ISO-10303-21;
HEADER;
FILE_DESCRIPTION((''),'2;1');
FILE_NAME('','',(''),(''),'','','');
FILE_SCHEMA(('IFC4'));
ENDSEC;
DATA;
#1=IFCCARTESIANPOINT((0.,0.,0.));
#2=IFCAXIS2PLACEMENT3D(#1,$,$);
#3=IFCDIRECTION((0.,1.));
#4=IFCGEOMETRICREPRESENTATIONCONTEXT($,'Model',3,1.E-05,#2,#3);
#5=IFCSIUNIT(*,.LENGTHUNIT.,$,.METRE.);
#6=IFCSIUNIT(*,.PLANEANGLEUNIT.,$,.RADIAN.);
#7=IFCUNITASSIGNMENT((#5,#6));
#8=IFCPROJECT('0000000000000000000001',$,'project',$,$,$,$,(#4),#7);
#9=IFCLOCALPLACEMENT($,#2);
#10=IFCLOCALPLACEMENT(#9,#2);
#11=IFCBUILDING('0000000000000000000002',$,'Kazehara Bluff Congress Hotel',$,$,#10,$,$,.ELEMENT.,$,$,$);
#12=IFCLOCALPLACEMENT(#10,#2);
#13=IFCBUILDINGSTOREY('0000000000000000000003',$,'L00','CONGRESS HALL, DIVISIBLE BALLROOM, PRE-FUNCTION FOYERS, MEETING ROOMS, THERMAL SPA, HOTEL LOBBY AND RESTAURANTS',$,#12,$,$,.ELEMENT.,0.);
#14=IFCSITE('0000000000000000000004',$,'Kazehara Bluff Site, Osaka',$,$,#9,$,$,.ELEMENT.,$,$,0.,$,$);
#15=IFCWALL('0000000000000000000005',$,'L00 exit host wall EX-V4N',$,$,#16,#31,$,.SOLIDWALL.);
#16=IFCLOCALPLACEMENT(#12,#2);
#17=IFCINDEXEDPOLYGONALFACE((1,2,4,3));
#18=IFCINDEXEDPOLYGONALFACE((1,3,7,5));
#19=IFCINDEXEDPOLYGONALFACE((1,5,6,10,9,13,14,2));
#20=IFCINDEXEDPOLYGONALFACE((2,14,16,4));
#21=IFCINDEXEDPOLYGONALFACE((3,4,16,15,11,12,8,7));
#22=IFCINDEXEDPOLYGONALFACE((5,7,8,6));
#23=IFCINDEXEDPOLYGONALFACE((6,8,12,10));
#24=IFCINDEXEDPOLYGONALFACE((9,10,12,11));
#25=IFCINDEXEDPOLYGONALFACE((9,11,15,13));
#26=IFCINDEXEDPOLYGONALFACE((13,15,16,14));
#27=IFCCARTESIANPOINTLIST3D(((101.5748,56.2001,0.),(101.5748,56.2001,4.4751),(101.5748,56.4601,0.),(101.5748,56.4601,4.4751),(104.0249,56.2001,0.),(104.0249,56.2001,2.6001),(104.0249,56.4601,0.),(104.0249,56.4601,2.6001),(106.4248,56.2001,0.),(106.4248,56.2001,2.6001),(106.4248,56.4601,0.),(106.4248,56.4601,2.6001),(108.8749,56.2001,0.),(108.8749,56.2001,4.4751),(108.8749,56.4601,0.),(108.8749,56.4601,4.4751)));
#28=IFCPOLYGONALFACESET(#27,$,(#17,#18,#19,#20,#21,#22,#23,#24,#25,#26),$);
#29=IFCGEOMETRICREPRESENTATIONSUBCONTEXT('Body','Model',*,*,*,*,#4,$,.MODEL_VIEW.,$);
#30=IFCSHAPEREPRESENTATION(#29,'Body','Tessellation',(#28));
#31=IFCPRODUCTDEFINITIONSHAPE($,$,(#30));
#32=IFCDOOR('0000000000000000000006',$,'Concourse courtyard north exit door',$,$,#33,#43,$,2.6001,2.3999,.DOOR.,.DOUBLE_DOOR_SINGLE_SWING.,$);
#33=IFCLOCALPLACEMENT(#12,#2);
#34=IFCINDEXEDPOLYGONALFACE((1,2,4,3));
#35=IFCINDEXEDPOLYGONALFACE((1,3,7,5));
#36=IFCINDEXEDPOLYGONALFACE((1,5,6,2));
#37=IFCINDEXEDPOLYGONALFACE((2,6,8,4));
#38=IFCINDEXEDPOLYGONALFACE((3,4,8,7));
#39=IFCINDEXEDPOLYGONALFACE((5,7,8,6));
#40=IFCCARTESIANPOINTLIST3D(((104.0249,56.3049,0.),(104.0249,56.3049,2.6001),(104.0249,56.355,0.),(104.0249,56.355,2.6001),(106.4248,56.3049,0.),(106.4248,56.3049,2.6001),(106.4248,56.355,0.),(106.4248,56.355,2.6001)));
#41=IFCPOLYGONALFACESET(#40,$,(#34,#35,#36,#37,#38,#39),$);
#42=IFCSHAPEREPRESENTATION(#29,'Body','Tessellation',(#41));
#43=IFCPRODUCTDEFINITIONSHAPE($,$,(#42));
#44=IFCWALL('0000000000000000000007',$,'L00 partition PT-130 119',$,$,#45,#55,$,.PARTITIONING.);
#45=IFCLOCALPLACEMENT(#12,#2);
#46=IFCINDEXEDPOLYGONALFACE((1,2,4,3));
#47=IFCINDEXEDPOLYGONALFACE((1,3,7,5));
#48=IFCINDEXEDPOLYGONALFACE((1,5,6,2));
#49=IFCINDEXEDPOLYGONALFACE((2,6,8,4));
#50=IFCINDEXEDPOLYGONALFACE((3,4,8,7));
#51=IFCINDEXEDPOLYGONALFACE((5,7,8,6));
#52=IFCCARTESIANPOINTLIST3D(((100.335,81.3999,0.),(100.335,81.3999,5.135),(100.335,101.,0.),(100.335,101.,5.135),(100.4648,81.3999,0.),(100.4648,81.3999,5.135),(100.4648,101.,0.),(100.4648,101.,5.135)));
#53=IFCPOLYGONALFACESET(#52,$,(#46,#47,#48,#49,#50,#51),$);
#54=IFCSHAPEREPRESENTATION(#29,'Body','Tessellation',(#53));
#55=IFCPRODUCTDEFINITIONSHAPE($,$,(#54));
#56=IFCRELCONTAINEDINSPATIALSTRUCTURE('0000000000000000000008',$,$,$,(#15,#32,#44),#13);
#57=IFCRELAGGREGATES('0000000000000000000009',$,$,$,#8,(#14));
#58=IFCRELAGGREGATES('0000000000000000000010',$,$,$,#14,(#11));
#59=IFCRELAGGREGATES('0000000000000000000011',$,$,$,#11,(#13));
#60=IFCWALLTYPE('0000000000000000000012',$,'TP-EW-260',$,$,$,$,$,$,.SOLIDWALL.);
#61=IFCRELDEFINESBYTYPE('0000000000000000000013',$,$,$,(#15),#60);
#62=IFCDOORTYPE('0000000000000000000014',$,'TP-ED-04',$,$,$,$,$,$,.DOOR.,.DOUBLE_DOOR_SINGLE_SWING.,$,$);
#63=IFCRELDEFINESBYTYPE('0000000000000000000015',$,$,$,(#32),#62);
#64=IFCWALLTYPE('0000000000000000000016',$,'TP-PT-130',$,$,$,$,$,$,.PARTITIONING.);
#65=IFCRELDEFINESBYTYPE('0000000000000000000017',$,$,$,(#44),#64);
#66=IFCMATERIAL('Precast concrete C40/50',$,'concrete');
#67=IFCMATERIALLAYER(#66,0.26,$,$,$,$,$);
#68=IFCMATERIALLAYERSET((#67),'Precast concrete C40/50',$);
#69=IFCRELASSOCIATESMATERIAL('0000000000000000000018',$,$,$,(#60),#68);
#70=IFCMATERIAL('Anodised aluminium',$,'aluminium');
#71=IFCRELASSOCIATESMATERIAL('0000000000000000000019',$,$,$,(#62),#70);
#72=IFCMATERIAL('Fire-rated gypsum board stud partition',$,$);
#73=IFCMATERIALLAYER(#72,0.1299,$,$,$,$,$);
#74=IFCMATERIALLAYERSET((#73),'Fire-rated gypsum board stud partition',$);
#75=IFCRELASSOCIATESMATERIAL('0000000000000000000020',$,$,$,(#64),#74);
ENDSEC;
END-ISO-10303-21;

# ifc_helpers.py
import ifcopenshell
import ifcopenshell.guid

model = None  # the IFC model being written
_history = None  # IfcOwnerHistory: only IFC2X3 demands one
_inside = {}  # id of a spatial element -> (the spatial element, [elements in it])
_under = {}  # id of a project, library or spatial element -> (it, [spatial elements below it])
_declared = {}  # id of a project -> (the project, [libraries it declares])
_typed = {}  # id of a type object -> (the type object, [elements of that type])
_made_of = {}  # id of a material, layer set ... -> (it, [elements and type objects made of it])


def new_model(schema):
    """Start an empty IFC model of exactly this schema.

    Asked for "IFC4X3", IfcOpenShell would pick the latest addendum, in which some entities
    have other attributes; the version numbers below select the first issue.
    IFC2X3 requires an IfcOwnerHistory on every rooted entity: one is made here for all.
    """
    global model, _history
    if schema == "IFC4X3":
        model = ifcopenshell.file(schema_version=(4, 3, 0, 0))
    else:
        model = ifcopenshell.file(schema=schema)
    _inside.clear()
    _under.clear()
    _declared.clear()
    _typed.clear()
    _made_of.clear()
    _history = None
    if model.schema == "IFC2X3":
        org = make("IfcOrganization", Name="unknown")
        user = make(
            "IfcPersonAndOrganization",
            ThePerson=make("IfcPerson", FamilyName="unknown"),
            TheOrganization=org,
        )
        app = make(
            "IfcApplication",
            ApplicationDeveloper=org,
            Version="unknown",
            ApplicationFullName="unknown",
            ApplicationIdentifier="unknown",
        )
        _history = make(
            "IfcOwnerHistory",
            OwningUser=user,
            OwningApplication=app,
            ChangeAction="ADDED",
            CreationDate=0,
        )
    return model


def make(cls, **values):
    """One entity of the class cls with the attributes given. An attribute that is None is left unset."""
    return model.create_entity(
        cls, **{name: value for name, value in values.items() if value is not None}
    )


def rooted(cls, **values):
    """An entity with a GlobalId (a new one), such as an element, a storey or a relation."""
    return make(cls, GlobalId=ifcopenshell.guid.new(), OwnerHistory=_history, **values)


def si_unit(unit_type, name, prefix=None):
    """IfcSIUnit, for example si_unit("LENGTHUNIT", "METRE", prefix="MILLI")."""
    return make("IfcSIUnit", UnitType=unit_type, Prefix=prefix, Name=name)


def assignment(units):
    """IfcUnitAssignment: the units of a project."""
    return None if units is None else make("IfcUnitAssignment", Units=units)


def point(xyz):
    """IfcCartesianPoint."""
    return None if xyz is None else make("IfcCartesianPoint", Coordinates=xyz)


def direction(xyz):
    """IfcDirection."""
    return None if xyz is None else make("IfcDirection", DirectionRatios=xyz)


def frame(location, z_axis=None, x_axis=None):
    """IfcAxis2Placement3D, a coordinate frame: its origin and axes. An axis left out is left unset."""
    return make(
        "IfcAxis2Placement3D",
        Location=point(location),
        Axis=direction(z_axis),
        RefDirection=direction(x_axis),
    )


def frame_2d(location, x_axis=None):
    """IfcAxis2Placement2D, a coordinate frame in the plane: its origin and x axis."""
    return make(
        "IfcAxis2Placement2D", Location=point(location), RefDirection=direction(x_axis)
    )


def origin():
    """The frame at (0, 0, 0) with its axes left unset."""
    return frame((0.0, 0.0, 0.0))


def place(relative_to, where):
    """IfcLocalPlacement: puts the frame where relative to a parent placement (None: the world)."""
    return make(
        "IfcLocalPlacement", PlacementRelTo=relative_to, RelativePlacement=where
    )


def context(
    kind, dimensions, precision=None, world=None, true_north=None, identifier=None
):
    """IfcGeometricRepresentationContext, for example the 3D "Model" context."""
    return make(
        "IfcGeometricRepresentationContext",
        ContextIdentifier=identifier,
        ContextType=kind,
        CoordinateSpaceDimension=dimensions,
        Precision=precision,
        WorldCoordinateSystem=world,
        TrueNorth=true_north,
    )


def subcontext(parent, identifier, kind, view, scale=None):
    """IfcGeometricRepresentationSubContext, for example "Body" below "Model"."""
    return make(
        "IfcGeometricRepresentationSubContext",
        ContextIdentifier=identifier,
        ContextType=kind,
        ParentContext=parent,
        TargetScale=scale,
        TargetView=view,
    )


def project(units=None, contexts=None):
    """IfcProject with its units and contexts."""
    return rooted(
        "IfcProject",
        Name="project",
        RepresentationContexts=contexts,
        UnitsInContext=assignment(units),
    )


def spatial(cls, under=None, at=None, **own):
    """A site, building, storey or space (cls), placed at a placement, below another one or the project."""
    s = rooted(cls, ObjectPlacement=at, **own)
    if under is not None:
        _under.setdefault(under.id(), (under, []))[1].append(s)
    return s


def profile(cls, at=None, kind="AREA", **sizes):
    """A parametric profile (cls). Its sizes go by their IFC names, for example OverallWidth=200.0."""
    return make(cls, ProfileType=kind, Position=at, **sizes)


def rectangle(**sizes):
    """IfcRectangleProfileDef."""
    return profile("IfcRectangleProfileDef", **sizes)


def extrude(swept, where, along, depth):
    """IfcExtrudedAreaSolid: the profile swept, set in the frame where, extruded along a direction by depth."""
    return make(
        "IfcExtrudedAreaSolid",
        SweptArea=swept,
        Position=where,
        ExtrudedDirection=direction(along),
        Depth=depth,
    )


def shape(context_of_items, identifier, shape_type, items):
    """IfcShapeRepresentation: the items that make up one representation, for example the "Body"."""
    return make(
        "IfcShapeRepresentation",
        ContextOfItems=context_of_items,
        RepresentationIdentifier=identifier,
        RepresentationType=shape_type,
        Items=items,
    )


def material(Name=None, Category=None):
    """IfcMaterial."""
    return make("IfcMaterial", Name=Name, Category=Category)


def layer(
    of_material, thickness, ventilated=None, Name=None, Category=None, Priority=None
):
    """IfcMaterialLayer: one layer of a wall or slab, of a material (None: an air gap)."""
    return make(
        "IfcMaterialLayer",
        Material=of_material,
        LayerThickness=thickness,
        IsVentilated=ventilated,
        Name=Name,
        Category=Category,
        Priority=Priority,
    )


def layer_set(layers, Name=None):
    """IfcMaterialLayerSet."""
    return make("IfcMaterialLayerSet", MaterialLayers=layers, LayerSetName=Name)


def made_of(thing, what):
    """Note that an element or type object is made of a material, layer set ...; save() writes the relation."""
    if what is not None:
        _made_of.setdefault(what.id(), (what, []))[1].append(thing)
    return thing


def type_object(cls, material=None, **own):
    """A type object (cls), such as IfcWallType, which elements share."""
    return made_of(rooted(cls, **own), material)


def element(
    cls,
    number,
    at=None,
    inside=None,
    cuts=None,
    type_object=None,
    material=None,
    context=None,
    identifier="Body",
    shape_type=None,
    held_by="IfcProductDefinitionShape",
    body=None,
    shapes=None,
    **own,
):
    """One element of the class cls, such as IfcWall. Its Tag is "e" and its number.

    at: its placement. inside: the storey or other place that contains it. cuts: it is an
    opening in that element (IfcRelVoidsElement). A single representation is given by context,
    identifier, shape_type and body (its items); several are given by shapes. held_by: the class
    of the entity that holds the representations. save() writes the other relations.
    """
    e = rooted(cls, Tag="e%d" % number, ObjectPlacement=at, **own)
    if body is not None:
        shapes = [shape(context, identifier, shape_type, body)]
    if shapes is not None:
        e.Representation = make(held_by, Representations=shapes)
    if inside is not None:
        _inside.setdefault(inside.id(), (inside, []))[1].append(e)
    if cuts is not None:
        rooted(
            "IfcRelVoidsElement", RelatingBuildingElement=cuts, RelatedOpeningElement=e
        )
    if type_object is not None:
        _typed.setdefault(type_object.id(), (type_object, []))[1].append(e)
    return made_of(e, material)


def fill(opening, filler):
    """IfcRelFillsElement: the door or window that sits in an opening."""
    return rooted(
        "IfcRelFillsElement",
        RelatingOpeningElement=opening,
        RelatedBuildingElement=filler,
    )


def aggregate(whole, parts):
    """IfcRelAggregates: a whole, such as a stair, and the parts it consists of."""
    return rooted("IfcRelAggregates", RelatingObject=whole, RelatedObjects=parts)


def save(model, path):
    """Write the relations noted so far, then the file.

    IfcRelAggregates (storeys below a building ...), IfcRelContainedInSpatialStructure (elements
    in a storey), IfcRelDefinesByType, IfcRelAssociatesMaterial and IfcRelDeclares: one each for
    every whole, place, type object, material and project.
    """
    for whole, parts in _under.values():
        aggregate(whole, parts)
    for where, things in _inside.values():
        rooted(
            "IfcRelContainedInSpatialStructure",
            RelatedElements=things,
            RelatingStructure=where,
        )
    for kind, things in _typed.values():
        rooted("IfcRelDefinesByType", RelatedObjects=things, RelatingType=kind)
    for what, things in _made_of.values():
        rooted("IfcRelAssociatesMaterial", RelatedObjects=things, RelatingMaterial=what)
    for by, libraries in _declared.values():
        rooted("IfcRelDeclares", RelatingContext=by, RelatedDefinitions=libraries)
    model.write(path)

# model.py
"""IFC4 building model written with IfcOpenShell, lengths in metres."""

from ifc_helpers import new_model, si_unit, direction, frame, frame_2d, origin, place, context, subcontext, project, spatial, rectangle, extrude, material, layer, layer_set, type_object, element, fill, save


model = new_model("IFC4")

# Units and contexts
model_context = context("Model", 3, precision=1e-05, world=origin(), true_north=direction((0.0, 1.0)))
body_context = subcontext(model_context, "Body", "Model", "MODEL_VIEW")
ifc_project = project(units=[si_unit("LENGTHUNIT", "METRE"), si_unit("PLANEANGLEUNIT", "RADIAN")], contexts=[model_context])

# Site, building, storey
site_placement = place(None, origin())
site = spatial("IfcSite", under=ifc_project, at=site_placement, Name="Kazehara Bluff Site, Osaka", CompositionType="ELEMENT", RefElevation=0.0)
building_placement = place(site_placement, origin())
building = spatial("IfcBuilding", under=site, at=building_placement, Name="Kazehara Bluff Congress Hotel", CompositionType="ELEMENT")
storey_placement = place(building_placement, origin())
storey = spatial("IfcBuildingStorey", under=building, at=storey_placement, Name="L00", Description="CONGRESS HALL, DIVISIBLE BALLROOM, PRE-FUNCTION FOYERS, MEETING ROOMS, THERMAL SPA, HOTEL LOBBY AND RESTAURANTS", CompositionType="ELEMENT", Elevation=0.0)

# Wall, opening, door
ifc_material_1 = material(Name="Precast concrete C40/50", Category="concrete")
ifc_layer_1 = layer(ifc_material_1, 0.26)
ifc_layer_set_1 = layer_set([ifc_layer_1], Name="Precast concrete C40/50")
wall_type_1 = type_object("IfcWallType", Name="TP-EW-260", PredefinedType="SOLIDWALL", material=ifc_layer_set_1)
wall_1_placement = place(storey_placement, frame((101.575, 56.3301, 0.0), z_axis=(0.0, 0.0, 1.0), x_axis=(1.0, 0.0, 0.0)))
wall_1 = element("IfcWall", 1, at=wall_1_placement, inside=storey, type_object=wall_type_1, Name="L00 exit host wall EX-V4N", PredefinedType="SOLIDWALL", context=body_context, shape_type="SweptSolid", body=[
    extrude(rectangle(XDim=7.3, YDim=0.26, at=frame_2d((3.6499, 0.0))), origin(), (0.0, 0.0, 1.0), 4.4751),
])
opening_1_placement = place(wall_1_placement, frame((2.45, 0.0, 0.0)))
opening_1 = element("IfcOpeningElement", 2, at=opening_1_placement, cuts=wall_1, PredefinedType="OPENING", context=body_context, shape_type="SweptSolid", body=[
    extrude(rectangle(XDim=2.3999, YDim=2.6001, at=frame_2d((1.2, 1.3))), frame((0.0, 0.1399, 0.0), z_axis=(0.0, -1.0, 0.0), x_axis=(1.0, 0.0, 0.0)), (0.0, 0.0, 1.0), 0.28),
])
ifc_material_2 = material(Name="Anodised aluminium", Category="aluminium")
door_type_1 = type_object("IfcDoorType", Name="TP-ED-04", OperationType="DOUBLE_DOOR_SINGLE_SWING", PredefinedType="DOOR", material=ifc_material_2)
door_1_placement = place(opening_1_placement, origin())
door_1 = element("IfcDoor", 3, at=door_1_placement, inside=storey, type_object=door_type_1, Name="Concourse courtyard north exit door", OperationType="DOUBLE_DOOR_SINGLE_SWING", OverallHeight=2.6001, OverallWidth=2.3999, PredefinedType="DOOR", context=body_context, shape_type="SweptSolid", body=[
    extrude(rectangle(XDim=2.3999, YDim=2.6001, at=frame_2d((1.2, 1.3))), frame((0.0, 0.0249, 0.0), z_axis=(0.0, -1.0, 0.0), x_axis=(1.0, 0.0, 0.0)), (0.0, 0.0, 1.0), 0.05),
])
fill(opening_1, door_1)

# Wall
ifc_material_3 = material(Name="Fire-rated gypsum board stud partition")
ifc_layer_2 = layer(ifc_material_3, 0.1299)
ifc_layer_set_2 = layer_set([ifc_layer_2], Name="Fire-rated gypsum board stud partition")
wall_type_2 = type_object("IfcWallType", Name="TP-PT-130", PredefinedType="PARTITIONING", material=ifc_layer_set_2)
wall_2_placement = place(storey_placement, frame((100.3999, 81.3999, 0.0), z_axis=(0.0, 0.0, 1.0), x_axis=(0.0, 1.0, 0.0)))
element("IfcWall", 4, at=wall_2_placement, inside=storey, type_object=wall_type_2, Name="L00 partition PT-130 119", PredefinedType="PARTITIONING", context=body_context, shape_type="SweptSolid", body=[
    extrude(rectangle(XDim=19.6001, YDim=0.1299, at=frame_2d((9.8, 0.0))), origin(), (0.0, 0.0, 1.0), 5.135),
])

save(model, "model.ifc")
